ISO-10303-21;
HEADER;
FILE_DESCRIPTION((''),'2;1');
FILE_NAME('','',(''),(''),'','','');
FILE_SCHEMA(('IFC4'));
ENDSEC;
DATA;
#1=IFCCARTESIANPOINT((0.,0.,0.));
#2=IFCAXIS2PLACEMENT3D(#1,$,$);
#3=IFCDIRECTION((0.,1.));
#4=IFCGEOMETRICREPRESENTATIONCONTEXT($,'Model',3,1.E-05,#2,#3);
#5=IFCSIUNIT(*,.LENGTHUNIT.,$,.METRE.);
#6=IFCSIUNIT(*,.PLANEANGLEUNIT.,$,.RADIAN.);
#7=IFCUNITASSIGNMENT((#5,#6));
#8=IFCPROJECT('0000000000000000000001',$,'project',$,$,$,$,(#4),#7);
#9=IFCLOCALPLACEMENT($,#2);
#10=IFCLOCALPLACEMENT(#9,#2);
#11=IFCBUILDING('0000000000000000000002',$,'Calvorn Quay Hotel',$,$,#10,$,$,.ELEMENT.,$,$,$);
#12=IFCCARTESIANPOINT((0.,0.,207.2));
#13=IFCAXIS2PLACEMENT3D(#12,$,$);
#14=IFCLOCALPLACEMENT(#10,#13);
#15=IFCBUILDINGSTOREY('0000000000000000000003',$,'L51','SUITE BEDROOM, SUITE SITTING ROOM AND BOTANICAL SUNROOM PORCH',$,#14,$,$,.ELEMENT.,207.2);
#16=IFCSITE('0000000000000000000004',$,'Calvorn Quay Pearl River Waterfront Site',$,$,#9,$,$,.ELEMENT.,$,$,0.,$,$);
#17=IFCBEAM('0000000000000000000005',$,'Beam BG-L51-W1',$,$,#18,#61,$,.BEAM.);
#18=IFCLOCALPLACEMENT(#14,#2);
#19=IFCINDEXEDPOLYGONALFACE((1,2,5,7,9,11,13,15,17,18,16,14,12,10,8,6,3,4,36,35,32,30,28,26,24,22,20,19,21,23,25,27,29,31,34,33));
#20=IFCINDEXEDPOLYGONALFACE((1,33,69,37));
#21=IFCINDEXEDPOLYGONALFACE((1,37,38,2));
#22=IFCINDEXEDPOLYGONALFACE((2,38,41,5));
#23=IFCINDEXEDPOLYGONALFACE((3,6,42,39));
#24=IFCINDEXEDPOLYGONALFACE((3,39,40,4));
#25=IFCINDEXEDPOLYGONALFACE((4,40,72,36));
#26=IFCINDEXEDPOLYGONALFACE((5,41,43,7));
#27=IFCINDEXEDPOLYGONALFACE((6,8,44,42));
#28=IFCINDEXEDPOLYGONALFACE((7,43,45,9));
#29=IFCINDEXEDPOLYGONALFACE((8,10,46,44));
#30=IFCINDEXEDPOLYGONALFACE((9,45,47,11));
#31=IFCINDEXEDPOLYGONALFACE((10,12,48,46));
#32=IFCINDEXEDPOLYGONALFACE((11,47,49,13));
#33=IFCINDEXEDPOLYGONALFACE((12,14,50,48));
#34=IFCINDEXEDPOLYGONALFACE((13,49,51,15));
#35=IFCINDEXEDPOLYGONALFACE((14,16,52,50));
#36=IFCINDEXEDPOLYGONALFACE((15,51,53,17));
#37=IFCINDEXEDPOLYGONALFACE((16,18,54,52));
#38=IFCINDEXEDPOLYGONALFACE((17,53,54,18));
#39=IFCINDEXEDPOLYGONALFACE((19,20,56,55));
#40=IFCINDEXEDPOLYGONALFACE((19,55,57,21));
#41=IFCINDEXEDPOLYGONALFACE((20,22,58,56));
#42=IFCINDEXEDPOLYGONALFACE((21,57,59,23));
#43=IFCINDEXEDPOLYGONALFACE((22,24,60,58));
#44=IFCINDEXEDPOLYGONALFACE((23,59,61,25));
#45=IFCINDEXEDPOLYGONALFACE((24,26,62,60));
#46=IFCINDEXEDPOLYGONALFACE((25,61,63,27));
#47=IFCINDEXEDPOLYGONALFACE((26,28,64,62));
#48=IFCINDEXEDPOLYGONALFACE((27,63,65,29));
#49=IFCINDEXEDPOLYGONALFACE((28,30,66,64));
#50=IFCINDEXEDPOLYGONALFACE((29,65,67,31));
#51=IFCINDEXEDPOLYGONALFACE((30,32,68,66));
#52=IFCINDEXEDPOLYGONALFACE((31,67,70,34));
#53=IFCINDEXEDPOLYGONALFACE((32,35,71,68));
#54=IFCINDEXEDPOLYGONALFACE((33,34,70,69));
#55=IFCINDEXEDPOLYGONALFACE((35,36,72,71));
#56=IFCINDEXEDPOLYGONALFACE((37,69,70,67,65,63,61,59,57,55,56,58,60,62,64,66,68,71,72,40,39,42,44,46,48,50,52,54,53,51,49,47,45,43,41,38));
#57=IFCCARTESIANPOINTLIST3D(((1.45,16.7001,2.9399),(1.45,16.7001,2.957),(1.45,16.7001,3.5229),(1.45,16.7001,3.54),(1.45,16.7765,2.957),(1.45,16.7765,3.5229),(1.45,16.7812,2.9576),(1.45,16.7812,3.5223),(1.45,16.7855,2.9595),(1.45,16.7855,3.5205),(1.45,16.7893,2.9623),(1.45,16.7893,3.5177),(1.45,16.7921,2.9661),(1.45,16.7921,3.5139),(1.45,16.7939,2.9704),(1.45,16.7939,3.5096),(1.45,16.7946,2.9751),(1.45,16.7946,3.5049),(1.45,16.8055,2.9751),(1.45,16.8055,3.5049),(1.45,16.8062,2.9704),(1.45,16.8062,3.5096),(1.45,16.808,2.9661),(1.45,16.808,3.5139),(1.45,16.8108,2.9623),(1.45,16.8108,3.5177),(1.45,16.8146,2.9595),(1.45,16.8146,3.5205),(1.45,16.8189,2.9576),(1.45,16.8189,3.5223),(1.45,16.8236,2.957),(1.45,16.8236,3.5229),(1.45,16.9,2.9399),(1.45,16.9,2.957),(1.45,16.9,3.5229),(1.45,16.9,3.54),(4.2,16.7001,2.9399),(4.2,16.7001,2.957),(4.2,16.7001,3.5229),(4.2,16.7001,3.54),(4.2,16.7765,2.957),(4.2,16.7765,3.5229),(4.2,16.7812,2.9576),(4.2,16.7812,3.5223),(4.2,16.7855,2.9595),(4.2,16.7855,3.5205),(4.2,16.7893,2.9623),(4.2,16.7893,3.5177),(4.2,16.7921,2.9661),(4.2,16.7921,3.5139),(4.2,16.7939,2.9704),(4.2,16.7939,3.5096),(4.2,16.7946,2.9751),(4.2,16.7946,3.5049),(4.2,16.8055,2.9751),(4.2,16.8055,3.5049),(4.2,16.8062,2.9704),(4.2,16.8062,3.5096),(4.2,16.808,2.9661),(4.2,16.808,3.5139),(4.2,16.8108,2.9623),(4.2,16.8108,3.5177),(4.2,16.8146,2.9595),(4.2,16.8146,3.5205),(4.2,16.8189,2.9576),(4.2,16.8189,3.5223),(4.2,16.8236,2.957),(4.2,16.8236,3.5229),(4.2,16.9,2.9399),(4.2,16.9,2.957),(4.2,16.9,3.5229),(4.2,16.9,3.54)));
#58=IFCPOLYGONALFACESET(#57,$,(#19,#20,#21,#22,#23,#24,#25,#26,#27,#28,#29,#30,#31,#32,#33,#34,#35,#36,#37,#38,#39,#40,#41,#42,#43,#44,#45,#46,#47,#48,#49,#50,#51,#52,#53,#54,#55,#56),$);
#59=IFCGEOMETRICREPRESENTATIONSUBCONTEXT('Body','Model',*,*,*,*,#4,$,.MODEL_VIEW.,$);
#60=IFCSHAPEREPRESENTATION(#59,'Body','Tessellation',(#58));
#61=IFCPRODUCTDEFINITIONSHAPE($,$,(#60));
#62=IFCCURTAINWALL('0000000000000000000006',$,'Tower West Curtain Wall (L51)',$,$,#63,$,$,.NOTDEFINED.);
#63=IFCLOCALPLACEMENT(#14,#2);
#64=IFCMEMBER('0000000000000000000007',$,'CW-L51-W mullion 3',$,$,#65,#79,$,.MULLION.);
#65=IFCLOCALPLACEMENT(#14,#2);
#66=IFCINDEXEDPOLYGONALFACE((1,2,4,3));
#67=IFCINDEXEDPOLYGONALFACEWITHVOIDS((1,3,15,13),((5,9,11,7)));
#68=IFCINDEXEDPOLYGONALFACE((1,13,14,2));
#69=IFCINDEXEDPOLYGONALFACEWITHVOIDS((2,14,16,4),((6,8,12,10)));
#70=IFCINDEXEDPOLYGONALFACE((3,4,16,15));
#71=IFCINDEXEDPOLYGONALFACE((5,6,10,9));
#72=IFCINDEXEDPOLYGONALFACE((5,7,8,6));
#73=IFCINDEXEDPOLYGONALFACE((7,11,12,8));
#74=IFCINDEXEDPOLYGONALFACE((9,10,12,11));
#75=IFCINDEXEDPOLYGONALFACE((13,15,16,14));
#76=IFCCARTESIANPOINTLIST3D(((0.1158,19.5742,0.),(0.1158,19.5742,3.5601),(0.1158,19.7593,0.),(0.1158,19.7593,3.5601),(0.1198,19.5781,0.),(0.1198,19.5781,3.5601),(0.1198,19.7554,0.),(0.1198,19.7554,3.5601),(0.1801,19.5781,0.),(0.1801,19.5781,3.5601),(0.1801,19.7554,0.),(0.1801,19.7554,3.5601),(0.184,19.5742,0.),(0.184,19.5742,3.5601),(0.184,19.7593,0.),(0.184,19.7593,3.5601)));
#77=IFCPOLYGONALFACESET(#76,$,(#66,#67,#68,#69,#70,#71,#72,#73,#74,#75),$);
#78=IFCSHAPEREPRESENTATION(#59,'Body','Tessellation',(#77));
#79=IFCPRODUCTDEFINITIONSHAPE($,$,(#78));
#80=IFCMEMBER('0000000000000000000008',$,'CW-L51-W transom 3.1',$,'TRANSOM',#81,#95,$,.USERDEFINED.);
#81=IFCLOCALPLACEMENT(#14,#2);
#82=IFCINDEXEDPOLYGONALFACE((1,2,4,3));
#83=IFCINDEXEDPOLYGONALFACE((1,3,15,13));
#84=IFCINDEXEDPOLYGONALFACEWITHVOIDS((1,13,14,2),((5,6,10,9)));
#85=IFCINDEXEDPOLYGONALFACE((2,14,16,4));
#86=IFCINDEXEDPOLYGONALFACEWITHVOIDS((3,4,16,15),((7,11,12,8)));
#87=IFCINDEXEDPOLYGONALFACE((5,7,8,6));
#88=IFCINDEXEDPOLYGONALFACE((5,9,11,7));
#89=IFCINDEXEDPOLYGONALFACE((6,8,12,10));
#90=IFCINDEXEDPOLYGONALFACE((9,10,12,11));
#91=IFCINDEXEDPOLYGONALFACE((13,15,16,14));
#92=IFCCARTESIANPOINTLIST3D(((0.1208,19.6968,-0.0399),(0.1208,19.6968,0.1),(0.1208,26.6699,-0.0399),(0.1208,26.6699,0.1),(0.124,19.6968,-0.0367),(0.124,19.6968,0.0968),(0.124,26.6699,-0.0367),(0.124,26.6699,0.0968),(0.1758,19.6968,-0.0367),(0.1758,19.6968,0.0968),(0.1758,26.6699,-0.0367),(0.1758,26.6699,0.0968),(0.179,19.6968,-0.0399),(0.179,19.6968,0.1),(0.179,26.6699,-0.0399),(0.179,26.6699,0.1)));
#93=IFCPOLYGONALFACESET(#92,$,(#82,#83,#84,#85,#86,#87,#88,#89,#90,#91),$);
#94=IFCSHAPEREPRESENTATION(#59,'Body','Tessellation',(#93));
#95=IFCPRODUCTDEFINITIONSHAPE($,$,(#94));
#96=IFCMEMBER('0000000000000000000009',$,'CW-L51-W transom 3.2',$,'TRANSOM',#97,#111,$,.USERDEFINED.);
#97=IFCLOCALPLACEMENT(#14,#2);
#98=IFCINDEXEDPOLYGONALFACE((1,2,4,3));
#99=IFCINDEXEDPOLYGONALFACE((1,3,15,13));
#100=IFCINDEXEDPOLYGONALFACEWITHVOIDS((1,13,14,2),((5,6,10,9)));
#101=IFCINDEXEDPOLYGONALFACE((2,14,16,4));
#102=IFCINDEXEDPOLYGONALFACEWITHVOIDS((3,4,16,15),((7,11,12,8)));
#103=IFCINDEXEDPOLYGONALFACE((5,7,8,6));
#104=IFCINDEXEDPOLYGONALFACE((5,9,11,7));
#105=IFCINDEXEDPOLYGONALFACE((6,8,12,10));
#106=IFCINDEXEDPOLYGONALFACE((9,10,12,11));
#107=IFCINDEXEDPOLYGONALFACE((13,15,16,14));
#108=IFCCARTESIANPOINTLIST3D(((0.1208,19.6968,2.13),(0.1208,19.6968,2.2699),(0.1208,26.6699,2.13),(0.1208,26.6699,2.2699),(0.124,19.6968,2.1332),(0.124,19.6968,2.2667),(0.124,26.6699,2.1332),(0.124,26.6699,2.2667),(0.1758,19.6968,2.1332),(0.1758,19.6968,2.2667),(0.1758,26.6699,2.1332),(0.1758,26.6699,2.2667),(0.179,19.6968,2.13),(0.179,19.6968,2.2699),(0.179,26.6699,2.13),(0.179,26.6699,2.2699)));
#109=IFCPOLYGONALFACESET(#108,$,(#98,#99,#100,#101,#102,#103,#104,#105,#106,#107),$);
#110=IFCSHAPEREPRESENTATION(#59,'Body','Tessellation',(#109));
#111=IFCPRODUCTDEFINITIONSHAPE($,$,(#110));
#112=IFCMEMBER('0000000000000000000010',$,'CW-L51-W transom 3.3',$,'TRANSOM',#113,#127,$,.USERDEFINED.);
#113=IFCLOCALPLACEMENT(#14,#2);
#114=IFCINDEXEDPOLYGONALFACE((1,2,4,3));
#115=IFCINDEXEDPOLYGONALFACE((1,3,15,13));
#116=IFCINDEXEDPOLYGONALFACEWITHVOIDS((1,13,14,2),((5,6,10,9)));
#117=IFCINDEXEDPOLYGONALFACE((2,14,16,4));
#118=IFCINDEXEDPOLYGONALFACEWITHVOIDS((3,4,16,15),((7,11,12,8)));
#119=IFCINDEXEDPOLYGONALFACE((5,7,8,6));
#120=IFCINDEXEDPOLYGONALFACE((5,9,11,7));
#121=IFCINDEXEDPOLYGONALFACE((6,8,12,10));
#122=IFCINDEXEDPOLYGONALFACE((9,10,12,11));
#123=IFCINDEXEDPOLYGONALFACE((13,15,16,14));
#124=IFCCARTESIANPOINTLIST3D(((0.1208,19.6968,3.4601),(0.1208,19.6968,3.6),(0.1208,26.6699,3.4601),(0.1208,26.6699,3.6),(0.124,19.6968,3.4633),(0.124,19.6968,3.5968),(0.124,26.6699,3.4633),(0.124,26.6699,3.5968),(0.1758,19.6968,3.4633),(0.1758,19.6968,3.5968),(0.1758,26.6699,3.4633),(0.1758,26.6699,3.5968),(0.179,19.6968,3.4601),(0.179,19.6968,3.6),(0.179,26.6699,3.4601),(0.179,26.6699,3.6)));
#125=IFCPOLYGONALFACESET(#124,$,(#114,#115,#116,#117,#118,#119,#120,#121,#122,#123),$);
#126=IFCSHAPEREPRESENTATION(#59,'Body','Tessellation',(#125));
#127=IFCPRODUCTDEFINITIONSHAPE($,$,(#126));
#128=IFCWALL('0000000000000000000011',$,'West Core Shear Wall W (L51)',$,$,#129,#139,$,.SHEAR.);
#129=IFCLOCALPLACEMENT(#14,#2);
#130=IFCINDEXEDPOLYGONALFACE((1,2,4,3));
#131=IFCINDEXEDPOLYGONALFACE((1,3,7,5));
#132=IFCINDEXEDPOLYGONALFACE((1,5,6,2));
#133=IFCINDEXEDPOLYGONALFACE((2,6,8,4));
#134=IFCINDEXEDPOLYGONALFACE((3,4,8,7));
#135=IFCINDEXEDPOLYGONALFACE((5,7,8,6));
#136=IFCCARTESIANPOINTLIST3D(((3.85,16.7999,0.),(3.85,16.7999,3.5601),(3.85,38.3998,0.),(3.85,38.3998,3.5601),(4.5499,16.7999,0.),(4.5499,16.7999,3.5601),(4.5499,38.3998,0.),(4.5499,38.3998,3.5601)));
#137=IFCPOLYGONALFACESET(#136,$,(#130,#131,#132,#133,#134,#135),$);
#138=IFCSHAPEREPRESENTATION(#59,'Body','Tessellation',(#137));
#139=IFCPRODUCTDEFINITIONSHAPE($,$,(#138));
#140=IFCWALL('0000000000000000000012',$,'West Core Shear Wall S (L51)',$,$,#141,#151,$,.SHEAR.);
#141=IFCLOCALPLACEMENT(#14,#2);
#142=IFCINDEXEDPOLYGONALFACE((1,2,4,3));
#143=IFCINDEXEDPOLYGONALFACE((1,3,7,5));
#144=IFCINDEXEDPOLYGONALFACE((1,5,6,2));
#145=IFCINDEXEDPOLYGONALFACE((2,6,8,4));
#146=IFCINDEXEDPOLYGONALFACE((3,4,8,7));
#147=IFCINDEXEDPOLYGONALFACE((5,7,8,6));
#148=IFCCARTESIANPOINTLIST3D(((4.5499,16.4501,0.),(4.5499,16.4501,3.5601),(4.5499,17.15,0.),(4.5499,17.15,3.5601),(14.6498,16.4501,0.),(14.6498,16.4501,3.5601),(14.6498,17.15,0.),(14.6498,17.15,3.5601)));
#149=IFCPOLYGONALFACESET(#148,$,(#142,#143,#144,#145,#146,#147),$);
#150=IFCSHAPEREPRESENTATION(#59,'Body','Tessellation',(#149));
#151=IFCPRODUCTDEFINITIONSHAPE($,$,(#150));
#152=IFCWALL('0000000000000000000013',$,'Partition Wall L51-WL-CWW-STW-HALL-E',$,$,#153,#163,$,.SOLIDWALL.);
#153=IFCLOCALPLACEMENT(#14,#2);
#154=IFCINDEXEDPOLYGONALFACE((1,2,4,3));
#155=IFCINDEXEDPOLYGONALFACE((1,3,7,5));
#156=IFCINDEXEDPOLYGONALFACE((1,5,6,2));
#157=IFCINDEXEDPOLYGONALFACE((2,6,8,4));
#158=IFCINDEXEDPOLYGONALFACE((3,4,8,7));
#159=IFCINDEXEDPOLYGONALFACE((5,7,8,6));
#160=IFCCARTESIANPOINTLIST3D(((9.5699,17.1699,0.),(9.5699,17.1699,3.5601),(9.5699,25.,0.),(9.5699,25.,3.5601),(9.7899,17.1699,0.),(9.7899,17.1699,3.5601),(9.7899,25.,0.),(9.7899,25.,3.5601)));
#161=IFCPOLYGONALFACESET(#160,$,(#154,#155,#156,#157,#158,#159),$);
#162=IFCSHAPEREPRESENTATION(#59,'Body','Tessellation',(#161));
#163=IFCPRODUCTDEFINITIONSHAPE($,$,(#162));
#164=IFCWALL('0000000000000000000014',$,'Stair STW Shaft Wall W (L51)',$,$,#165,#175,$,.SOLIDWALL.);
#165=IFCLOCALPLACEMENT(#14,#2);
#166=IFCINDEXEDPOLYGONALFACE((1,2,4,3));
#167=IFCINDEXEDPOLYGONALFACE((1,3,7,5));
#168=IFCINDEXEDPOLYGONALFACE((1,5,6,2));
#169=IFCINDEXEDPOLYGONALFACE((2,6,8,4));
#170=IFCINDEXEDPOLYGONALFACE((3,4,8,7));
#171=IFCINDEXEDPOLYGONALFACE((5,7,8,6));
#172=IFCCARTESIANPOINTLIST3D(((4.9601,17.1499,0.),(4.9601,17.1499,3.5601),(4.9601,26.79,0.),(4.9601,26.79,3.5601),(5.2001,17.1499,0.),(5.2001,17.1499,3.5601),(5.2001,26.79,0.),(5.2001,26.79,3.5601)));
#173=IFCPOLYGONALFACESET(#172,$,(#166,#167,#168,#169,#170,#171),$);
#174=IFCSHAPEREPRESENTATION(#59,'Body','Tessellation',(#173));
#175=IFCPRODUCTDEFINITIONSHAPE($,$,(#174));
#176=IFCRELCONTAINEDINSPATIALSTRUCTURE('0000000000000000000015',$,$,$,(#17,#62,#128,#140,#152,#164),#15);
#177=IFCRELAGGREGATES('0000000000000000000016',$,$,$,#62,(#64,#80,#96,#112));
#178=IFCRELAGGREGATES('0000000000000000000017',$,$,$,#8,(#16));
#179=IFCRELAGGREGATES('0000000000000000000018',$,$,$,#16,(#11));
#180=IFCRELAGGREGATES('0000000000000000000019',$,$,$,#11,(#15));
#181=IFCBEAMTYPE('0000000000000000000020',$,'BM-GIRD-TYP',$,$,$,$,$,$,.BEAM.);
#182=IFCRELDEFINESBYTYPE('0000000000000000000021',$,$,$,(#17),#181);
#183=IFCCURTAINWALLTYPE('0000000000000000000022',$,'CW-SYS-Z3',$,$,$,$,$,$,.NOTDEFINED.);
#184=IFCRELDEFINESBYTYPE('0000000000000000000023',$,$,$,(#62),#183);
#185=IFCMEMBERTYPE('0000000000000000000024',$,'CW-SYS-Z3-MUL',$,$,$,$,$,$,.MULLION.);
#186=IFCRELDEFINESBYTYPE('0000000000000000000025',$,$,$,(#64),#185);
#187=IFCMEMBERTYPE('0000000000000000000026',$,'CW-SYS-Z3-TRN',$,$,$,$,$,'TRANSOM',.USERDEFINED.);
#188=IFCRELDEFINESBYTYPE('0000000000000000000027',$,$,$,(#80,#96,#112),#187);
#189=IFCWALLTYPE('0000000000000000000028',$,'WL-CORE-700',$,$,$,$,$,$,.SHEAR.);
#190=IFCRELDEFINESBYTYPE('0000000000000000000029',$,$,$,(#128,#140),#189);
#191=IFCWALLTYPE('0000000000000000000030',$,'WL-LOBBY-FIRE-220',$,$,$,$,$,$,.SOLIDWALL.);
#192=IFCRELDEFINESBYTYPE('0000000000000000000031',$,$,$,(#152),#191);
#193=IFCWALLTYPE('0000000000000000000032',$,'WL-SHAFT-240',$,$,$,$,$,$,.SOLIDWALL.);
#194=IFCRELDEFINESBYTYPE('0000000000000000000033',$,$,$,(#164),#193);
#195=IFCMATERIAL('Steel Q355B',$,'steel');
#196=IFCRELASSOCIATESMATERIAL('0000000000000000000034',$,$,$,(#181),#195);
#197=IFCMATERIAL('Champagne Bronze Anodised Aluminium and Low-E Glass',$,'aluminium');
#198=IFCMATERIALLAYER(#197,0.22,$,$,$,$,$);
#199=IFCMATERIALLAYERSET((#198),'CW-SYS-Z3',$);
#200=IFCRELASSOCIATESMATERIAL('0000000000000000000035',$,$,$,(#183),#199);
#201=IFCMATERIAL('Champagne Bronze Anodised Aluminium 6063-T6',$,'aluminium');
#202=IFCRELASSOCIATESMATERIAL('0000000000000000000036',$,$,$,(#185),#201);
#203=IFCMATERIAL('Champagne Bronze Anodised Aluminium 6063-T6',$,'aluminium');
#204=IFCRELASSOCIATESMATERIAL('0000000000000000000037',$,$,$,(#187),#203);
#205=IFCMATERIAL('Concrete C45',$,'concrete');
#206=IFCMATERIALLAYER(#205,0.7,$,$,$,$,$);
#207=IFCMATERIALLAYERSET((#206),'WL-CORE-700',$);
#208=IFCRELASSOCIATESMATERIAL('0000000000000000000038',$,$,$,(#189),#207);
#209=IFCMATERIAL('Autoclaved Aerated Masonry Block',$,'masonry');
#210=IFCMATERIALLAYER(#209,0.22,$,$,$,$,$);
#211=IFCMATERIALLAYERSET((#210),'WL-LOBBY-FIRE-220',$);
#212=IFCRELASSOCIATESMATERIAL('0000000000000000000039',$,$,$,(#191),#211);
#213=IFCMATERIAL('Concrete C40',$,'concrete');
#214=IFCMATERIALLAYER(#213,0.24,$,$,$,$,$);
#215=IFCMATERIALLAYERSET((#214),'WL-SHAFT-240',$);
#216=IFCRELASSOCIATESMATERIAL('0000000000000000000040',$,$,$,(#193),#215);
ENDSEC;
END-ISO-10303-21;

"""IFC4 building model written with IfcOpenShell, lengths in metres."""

from ifc_helpers import new_model, si_unit, direction, frame, frame_2d, origin, origin_2d, place, context, subcontext, project, spatial, rectangle, hollow_rectangle, i_section, extrude, material, layer, layer_set, material_profile, profile_set, type_object, element, aggregate, save


model = new_model("IFC4")

# Units and contexts
model_context = context("Model", 3, precision=1e-05, world=origin(), true_north=direction((0.0, 1.0)))
body_context = subcontext(model_context, "Body", "Model", "MODEL_VIEW")
ifc_project = project(units=[si_unit("LENGTHUNIT", "METRE"), si_unit("PLANEANGLEUNIT", "RADIAN")], contexts=[model_context])

# Site, building, storey
site_placement = place(None, origin())
site = spatial("IfcSite", under=ifc_project, at=site_placement, Name="Calvorn Quay Pearl River Waterfront Site", CompositionType="ELEMENT", RefElevation=0.0)
building_placement = place(site_placement, origin())
building = spatial("IfcBuilding", under=site, at=building_placement, Name="Calvorn Quay Hotel", CompositionType="ELEMENT")
storey_placement = place(building_placement, frame((0.0, 0.0, 207.2)))
storey = spatial("IfcBuildingStorey", under=building, at=storey_placement, Name="L51", Description="SUITE BEDROOM, SUITE SITTING ROOM AND BOTANICAL SUNROOM PORCH", CompositionType="ELEMENT", Elevation=207.2)

# Beam
ifc_material_1 = material(Name="Steel Q355B", Category="steel")
ifc_material_profile_1 = material_profile(ifc_material_1, i_section(OverallWidth=0.2, OverallDepth=0.6001, WebThickness=0.011, FlangeThickness=0.0171, FilletRadius=0.0181, at=origin_2d()), Name="HN600x200x11x17")
ifc_profile_set_1 = profile_set([ifc_material_profile_1], Name="Steel Q355B")
beam_type = type_object("IfcBeamType", Name="BM-GIRD-TYP", PredefinedType="BEAM", material=ifc_profile_set_1)
beam_placement = place(storey_placement, frame((1.45, 16.8, 3.24), z_axis=(1.0, 0.0, 0.0), x_axis=(0.0, 1.0, 0.0)))
element("IfcBeam", 1, at=beam_placement, inside=storey, type_object=beam_type, Name="Beam BG-L51-W1", PredefinedType="BEAM", context=body_context, shape_type="SweptSolid", body=[
    extrude(i_section(OverallWidth=0.2, OverallDepth=0.6001, WebThickness=0.011, FlangeThickness=0.0171, FilletRadius=0.0181, at=origin_2d()), origin(), (0.0, 0.0, 1.0), 2.75),
])

# Curtain wall, members
ifc_material_2 = material(Name="Champagne Bronze Anodised Aluminium and Low-E Glass", Category="aluminium")
ifc_layer_1 = layer(ifc_material_2, 0.22)
ifc_layer_set_1 = layer_set([ifc_layer_1], Name="CW-SYS-Z3")
curtain_wall_type = type_object("IfcCurtainWallType", Name="CW-SYS-Z3", PredefinedType="NOTDEFINED", material=ifc_layer_set_1)
curtain_wall_placement = place(storey_placement, origin())
curtain_wall = element("IfcCurtainWall", 2, at=curtain_wall_placement, inside=storey, type_object=curtain_wall_type, Name="Tower West Curtain Wall (L51)", PredefinedType="NOTDEFINED")
ifc_material_3 = material(Name="Champagne Bronze Anodised Aluminium 6063-T6", Category="aluminium")
ifc_material_profile_2 = material_profile(ifc_material_3, hollow_rectangle(XDim=0.0681, YDim=0.1851, WallThickness=0.0039, at=origin_2d()), Name="ALU-M185x68x4")
ifc_profile_set_2 = profile_set([ifc_material_profile_2], Name="Champagne Bronze Anodised Aluminium 6063-T6")
member_type_1 = type_object("IfcMemberType", Name="CW-SYS-Z3-MUL", PredefinedType="MULLION", material=ifc_profile_set_2)
member_1_placement = place(storey_placement, frame((0.1499, 19.6667, 0.0), z_axis=(0.0, 0.0, 1.0), x_axis=(-1.0, 0.0, 0.0)))
member_1 = element("IfcMember", 3, at=member_1_placement, type_object=member_type_1, Name="CW-L51-W mullion 3", PredefinedType="MULLION", context=body_context, shape_type="SweptSolid", body=[
    extrude(hollow_rectangle(XDim=0.0681, YDim=0.1851, WallThickness=0.0039, at=origin_2d()), origin(), (0.0, 0.0, 1.0), 3.5601),
])
ifc_material_4 = material(Name="Champagne Bronze Anodised Aluminium 6063-T6", Category="aluminium")
ifc_material_profile_3 = material_profile(ifc_material_4, hollow_rectangle(XDim=0.0581, YDim=0.1399, WallThickness=0.0032, at=origin_2d()), Name="ALU-T140x58x3.2")
ifc_profile_set_3 = profile_set([ifc_material_profile_3], Name="Champagne Bronze Anodised Aluminium 6063-T6")
member_type_2 = type_object("IfcMemberType", Name="CW-SYS-Z3-TRN", ElementType="TRANSOM", PredefinedType="USERDEFINED", material=ifc_profile_set_3)
member_2_placement = place(storey_placement, frame((0.1499, 19.6968, 0.03), z_axis=(0.0, 1.0, 0.0), x_axis=(-1.0, 0.0, 0.0)))
member_2 = element("IfcMember", 4, at=member_2_placement, type_object=member_type_2, Name="CW-L51-W transom 3.1", ObjectType="TRANSOM", PredefinedType="USERDEFINED", context=body_context, shape_type="SweptSolid", body=[
    extrude(hollow_rectangle(XDim=0.0581, YDim=0.1399, WallThickness=0.0032, at=origin_2d()), origin(), (0.0, 0.0, 1.0), 6.9731),
])
member_3_placement = place(storey_placement, frame((0.1499, 19.6968, 2.2), z_axis=(0.0, 1.0, 0.0), x_axis=(-1.0, 0.0, 0.0)))
member_3 = element("IfcMember", 5, at=member_3_placement, type_object=member_type_2, Name="CW-L51-W transom 3.2", ObjectType="TRANSOM", PredefinedType="USERDEFINED", context=body_context, shape_type="SweptSolid", body=[
    extrude(hollow_rectangle(XDim=0.0581, YDim=0.1399, WallThickness=0.0032, at=origin_2d()), origin(), (0.0, 0.0, 1.0), 6.9731),
])
member_4_placement = place(storey_placement, frame((0.1499, 19.6968, 3.53), z_axis=(0.0, 1.0, 0.0), x_axis=(-1.0, 0.0, 0.0)))
member_4 = element("IfcMember", 6, at=member_4_placement, type_object=member_type_2, Name="CW-L51-W transom 3.3", ObjectType="TRANSOM", PredefinedType="USERDEFINED", context=body_context, shape_type="SweptSolid", body=[
    extrude(hollow_rectangle(XDim=0.0581, YDim=0.1399, WallThickness=0.0032, at=origin_2d()), origin(), (0.0, 0.0, 1.0), 6.9731),
])
aggregate(curtain_wall, [member_1, member_2, member_3, member_4])

# Walls
ifc_material_5 = material(Name="Concrete C45", Category="concrete")
ifc_layer_2 = layer(ifc_material_5, 0.7)
ifc_layer_set_2 = layer_set([ifc_layer_2], Name="WL-CORE-700")
wall_type_1 = type_object("IfcWallType", Name="WL-CORE-700", PredefinedType="SHEAR", material=ifc_layer_set_2)
wall_1_placement = place(storey_placement, frame((4.2, 16.8, 0.0), z_axis=(0.0, 0.0, 1.0), x_axis=(0.0, 1.0, 0.0)))
element("IfcWall", 7, at=wall_1_placement, inside=storey, type_object=wall_type_1, Name="West Core Shear Wall W (L51)", PredefinedType="SHEAR", context=body_context, shape_type="SweptSolid", body=[
    extrude(rectangle(XDim=21.5999, YDim=0.7, at=frame_2d((10.7998, 0.0))), origin(), (0.0, 0.0, 1.0), 3.5601),
])
wall_2_placement = place(storey_placement, frame((4.55, 16.8, 0.0), z_axis=(0.0, 0.0, 1.0), x_axis=(1.0, 0.0, 0.0)))
element("IfcWall", 8, at=wall_2_placement, inside=storey, type_object=wall_type_1, Name="West Core Shear Wall S (L51)", PredefinedType="SHEAR", context=body_context, shape_type="SweptSolid", body=[
    extrude(rectangle(XDim=10.0999, YDim=0.7, at=frame_2d((5.0498, 0.0))), origin(), (0.0, 0.0, 1.0), 3.5601),
])

# Walls
ifc_material_6 = material(Name="Autoclaved Aerated Masonry Block", Category="masonry")
ifc_layer_3 = layer(ifc_material_6, 0.22)
ifc_layer_set_3 = layer_set([ifc_layer_3], Name="WL-LOBBY-FIRE-220")
wall_type_2 = type_object("IfcWallType", Name="WL-LOBBY-FIRE-220", PredefinedType="SOLIDWALL", material=ifc_layer_set_3)
wall_3_placement = place(storey_placement, frame((9.6799, 17.1699, 0.0), z_axis=(0.0, 0.0, 1.0), x_axis=(0.0, 1.0, 0.0)))
element("IfcWall", 9, at=wall_3_placement, inside=storey, type_object=wall_type_2, Name="Partition Wall L51-WL-CWW-STW-HALL-E", PredefinedType="SOLIDWALL", context=body_context, shape_type="SweptSolid", body=[
    extrude(rectangle(XDim=7.8301, YDim=0.22, at=frame_2d((3.915, 0.0))), origin(), (0.0, 0.0, 1.0), 3.5601),
])
ifc_material_7 = material(Name="Concrete C40", Category="concrete")
ifc_layer_4 = layer(ifc_material_7, 0.24)
ifc_layer_set_4 = layer_set([ifc_layer_4], Name="WL-SHAFT-240")
wall_type_3 = type_object("IfcWallType", Name="WL-SHAFT-240", PredefinedType="SOLIDWALL", material=ifc_layer_set_4)
wall_4_placement = place(storey_placement, frame((5.0801, 17.1499, 0.0), z_axis=(0.0, 0.0, 1.0), x_axis=(0.0, 1.0, 0.0)))
element("IfcWall", 10, at=wall_4_placement, inside=storey, type_object=wall_type_3, Name="Stair STW Shaft Wall W (L51)", PredefinedType="SOLIDWALL", context=body_context, shape_type="SweptSolid", body=[
    extrude(rectangle(XDim=9.6401, YDim=0.24, at=frame_2d((4.8201, 0.0))), origin(), (0.0, 0.0, 1.0), 3.5601),
])

save(model, "model.ifc")
